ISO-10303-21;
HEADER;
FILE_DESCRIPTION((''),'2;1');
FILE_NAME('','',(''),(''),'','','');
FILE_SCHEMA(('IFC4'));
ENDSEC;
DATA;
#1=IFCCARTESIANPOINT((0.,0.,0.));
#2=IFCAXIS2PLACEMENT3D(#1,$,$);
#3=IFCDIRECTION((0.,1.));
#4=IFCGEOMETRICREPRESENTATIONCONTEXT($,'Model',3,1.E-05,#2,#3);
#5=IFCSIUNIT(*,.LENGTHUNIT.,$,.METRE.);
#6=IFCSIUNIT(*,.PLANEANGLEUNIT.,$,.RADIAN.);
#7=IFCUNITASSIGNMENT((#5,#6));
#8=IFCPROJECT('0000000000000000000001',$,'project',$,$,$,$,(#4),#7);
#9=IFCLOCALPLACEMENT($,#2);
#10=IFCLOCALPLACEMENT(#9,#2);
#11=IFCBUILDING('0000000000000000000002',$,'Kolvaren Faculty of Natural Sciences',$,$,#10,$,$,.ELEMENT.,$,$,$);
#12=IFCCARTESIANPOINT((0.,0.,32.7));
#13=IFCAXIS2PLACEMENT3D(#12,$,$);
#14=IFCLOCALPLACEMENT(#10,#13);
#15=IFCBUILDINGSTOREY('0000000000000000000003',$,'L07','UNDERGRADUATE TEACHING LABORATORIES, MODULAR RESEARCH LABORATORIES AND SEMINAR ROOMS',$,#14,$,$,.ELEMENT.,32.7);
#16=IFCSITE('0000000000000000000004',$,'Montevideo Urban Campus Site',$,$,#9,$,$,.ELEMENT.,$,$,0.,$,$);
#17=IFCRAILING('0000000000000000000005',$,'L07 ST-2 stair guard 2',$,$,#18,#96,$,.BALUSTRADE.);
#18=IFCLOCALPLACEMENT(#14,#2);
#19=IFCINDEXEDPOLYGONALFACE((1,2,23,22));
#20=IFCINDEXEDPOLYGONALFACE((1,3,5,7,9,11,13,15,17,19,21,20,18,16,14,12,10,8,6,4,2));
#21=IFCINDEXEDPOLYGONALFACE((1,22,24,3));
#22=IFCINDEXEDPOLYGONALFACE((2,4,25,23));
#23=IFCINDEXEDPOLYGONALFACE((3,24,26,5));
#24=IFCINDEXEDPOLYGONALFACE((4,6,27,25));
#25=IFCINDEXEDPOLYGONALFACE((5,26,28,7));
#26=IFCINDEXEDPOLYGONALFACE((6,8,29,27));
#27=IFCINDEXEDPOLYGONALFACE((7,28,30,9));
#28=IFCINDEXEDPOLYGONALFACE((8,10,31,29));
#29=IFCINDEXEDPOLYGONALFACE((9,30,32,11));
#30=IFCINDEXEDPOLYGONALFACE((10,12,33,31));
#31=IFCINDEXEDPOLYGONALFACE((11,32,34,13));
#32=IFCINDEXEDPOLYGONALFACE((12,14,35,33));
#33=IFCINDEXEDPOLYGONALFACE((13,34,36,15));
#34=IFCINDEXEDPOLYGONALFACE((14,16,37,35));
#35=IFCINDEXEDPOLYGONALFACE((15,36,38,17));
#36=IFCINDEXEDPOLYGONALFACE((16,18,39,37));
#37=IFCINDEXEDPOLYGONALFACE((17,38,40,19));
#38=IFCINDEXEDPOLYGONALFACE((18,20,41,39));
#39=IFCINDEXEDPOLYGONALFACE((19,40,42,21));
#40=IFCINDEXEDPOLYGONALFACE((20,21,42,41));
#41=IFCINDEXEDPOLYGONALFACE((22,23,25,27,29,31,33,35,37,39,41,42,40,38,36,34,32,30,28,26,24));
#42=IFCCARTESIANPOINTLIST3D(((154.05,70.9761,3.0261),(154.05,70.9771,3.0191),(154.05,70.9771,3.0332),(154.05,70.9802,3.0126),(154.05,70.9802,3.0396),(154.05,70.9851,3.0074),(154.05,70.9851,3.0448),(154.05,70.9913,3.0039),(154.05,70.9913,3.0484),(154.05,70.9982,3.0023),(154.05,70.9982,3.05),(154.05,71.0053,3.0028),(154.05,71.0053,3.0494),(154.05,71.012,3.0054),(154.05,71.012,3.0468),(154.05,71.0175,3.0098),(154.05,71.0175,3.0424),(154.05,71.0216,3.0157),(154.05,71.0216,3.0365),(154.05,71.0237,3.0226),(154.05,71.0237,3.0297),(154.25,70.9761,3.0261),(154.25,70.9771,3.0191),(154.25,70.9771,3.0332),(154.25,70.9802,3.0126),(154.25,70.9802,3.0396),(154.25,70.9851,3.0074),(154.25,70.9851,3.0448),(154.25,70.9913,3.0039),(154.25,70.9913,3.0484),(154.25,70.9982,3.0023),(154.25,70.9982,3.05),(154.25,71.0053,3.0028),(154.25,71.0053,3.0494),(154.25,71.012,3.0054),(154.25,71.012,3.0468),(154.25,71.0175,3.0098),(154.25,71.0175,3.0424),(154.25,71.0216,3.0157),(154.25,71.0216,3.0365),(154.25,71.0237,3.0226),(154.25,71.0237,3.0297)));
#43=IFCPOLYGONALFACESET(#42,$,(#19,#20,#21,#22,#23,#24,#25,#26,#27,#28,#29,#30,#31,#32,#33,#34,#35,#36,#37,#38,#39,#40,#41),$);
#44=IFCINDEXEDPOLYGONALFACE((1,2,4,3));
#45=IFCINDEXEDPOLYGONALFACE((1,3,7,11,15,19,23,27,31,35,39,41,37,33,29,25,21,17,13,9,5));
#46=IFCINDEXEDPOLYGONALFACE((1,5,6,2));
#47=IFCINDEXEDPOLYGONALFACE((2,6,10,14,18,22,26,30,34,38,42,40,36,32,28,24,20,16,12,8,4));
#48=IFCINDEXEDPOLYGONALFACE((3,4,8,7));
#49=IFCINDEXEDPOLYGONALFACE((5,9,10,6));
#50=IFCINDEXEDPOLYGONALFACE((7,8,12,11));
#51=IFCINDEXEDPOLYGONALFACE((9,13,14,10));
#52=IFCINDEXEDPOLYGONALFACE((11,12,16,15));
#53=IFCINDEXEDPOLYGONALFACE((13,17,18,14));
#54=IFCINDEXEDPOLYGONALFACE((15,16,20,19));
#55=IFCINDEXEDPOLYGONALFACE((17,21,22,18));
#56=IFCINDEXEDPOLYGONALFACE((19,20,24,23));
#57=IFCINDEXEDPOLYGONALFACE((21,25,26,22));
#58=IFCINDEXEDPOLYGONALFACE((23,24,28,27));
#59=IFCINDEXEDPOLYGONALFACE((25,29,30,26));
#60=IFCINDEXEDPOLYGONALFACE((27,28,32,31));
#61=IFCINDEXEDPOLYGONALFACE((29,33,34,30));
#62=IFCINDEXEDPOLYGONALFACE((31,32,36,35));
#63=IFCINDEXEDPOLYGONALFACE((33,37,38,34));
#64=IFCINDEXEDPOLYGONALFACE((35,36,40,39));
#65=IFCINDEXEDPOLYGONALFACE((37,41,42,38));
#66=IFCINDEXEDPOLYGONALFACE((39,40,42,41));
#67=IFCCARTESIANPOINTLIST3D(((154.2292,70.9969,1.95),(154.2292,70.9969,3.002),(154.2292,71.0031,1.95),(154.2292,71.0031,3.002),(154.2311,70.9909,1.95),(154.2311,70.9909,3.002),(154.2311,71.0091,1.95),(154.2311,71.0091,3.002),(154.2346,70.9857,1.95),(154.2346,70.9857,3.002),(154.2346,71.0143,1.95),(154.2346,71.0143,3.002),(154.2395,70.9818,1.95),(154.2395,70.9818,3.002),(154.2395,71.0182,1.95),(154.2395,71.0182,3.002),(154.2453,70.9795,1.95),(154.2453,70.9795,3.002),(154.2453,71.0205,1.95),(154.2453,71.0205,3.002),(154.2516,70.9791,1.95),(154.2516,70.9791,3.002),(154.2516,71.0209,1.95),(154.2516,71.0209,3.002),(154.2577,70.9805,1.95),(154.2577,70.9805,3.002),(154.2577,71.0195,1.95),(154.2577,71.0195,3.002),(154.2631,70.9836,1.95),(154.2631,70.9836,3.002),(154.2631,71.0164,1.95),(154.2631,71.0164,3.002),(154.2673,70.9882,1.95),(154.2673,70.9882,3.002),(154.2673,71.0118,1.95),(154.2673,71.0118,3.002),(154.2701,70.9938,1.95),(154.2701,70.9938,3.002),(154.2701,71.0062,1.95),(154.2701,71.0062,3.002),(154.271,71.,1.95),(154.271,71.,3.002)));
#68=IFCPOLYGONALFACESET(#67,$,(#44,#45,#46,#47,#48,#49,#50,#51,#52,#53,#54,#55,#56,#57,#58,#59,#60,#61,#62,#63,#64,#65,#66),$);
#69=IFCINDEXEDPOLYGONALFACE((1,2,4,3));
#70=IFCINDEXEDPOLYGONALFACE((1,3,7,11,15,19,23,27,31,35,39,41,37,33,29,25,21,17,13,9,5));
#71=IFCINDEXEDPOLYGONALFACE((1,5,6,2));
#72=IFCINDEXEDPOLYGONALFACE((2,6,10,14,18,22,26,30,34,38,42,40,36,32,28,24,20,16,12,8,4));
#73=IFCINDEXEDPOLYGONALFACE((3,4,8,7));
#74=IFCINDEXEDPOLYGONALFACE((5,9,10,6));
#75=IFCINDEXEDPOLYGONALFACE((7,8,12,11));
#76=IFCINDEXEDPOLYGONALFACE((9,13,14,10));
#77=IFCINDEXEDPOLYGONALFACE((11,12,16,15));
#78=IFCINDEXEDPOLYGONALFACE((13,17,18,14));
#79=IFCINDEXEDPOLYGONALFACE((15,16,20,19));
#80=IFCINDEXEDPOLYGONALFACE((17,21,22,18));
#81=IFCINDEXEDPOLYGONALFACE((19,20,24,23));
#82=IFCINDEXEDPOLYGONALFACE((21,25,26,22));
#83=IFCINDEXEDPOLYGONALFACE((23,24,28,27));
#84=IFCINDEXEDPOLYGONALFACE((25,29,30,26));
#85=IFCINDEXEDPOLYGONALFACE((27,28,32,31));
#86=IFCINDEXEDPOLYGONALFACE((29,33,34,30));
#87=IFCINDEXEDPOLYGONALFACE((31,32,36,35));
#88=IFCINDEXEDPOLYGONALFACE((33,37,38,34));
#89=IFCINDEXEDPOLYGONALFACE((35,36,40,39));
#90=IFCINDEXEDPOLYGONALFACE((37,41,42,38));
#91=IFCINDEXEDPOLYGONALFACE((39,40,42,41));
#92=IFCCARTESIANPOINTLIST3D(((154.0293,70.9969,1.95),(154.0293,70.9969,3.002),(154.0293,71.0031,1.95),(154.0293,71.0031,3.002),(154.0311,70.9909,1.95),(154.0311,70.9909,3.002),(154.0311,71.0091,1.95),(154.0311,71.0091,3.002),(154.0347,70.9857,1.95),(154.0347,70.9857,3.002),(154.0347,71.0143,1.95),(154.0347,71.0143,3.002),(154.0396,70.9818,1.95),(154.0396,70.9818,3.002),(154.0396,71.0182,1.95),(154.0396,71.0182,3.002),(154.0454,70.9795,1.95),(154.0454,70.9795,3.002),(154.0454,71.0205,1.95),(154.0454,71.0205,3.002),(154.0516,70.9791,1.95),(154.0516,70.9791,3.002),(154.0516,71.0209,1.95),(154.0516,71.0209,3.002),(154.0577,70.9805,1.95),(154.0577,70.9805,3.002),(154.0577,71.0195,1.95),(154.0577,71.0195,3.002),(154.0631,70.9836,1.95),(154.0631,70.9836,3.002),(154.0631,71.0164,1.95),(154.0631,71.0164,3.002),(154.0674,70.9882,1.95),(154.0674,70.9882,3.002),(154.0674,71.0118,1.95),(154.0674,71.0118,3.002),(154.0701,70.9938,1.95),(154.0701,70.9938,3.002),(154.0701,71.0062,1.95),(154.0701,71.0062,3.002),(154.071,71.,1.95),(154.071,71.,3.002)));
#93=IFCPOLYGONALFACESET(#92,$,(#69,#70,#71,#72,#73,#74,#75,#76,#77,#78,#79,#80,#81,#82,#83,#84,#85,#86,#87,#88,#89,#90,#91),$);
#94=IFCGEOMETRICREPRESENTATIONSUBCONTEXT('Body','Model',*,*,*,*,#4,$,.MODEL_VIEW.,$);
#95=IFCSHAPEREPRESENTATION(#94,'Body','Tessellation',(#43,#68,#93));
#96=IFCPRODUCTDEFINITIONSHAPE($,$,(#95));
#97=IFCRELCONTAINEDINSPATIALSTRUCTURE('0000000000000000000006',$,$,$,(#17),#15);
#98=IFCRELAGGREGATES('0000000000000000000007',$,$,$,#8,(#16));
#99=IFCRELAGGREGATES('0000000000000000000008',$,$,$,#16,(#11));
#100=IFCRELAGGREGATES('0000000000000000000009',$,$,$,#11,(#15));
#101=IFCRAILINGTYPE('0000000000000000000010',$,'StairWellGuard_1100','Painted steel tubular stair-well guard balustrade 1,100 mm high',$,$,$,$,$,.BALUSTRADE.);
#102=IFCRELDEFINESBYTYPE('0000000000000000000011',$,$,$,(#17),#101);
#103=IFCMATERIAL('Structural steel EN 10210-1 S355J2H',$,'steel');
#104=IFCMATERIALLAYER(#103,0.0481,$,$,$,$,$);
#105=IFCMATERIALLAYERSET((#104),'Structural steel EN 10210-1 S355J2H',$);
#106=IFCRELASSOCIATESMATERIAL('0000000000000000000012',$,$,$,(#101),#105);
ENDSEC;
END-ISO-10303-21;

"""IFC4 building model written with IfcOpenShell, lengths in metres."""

from ifc_helpers import new_model, si_unit, direction, frame, origin, origin_2d, place, context, subcontext, project, spatial, circle, extrude, material, layer, layer_set, type_object, element, save


model = new_model("IFC4")

# Units and contexts
model_context = context("Model", 3, precision=1e-05, world=origin(), true_north=direction((0.0, 1.0)))
body_context = subcontext(model_context, "Body", "Model", "MODEL_VIEW")
ifc_project = project(units=[si_unit("LENGTHUNIT", "METRE"), si_unit("PLANEANGLEUNIT", "RADIAN")], contexts=[model_context])

# Site, building, storey
site_placement = place(None, origin())
site = spatial("IfcSite", under=ifc_project, at=site_placement, Name="Montevideo Urban Campus Site", CompositionType="ELEMENT", RefElevation=0.0)
building_placement = place(site_placement, origin())
building = spatial("IfcBuilding", under=site, at=building_placement, Name="Kolvaren Faculty of Natural Sciences", CompositionType="ELEMENT")
storey_placement = place(building_placement, frame((0.0, 0.0, 32.7)))
storey = spatial("IfcBuildingStorey", under=building, at=storey_placement, Name="L07", Description="UNDERGRADUATE TEACHING LABORATORIES, MODULAR RESEARCH LABORATORIES AND SEMINAR ROOMS", CompositionType="ELEMENT", Elevation=32.7)

# Railing
ifc_material_1 = material(Name="Structural steel EN 10210-1 S355J2H", Category="steel")
ifc_layer_1 = layer(ifc_material_1, 0.0481)
ifc_layer_set_1 = layer_set([ifc_layer_1], Name="Structural steel EN 10210-1 S355J2H")
railing_type_1 = type_object("IfcRailingType", Name="StairWellGuard_1100", Description="Painted steel tubular stair-well guard balustrade 1,100 mm high", PredefinedType="BALUSTRADE", material=ifc_layer_set_1)
railing_1_placement = place(storey_placement, frame((154.25, 71.0, 1.95)))
element("IfcRailing", 1, at=railing_1_placement, inside=storey, type_object=railing_type_1, Name="L07 ST-2 stair guard 2", PredefinedType="BALUSTRADE", context=body_context, shape_type="SweptSolid", body=[
    extrude(circle(Radius=0.0239, at=origin_2d()), frame((0.0, 0.0, 1.0762), z_axis=(-1.0, 0.0, 0.0), x_axis=(0.0, -1.0, 0.0)), (0.0, 0.0, 1.0), 0.2),
    extrude(circle(Radius=0.021, at=origin_2d()), origin(), (0.0, 0.0, 1.0), 1.052),
    extrude(circle(Radius=0.021, at=origin_2d()), frame((-0.2, 0.0, 0.0)), (0.0, 0.0, 1.0), 1.052),
])

save(model, "model.ifc")
